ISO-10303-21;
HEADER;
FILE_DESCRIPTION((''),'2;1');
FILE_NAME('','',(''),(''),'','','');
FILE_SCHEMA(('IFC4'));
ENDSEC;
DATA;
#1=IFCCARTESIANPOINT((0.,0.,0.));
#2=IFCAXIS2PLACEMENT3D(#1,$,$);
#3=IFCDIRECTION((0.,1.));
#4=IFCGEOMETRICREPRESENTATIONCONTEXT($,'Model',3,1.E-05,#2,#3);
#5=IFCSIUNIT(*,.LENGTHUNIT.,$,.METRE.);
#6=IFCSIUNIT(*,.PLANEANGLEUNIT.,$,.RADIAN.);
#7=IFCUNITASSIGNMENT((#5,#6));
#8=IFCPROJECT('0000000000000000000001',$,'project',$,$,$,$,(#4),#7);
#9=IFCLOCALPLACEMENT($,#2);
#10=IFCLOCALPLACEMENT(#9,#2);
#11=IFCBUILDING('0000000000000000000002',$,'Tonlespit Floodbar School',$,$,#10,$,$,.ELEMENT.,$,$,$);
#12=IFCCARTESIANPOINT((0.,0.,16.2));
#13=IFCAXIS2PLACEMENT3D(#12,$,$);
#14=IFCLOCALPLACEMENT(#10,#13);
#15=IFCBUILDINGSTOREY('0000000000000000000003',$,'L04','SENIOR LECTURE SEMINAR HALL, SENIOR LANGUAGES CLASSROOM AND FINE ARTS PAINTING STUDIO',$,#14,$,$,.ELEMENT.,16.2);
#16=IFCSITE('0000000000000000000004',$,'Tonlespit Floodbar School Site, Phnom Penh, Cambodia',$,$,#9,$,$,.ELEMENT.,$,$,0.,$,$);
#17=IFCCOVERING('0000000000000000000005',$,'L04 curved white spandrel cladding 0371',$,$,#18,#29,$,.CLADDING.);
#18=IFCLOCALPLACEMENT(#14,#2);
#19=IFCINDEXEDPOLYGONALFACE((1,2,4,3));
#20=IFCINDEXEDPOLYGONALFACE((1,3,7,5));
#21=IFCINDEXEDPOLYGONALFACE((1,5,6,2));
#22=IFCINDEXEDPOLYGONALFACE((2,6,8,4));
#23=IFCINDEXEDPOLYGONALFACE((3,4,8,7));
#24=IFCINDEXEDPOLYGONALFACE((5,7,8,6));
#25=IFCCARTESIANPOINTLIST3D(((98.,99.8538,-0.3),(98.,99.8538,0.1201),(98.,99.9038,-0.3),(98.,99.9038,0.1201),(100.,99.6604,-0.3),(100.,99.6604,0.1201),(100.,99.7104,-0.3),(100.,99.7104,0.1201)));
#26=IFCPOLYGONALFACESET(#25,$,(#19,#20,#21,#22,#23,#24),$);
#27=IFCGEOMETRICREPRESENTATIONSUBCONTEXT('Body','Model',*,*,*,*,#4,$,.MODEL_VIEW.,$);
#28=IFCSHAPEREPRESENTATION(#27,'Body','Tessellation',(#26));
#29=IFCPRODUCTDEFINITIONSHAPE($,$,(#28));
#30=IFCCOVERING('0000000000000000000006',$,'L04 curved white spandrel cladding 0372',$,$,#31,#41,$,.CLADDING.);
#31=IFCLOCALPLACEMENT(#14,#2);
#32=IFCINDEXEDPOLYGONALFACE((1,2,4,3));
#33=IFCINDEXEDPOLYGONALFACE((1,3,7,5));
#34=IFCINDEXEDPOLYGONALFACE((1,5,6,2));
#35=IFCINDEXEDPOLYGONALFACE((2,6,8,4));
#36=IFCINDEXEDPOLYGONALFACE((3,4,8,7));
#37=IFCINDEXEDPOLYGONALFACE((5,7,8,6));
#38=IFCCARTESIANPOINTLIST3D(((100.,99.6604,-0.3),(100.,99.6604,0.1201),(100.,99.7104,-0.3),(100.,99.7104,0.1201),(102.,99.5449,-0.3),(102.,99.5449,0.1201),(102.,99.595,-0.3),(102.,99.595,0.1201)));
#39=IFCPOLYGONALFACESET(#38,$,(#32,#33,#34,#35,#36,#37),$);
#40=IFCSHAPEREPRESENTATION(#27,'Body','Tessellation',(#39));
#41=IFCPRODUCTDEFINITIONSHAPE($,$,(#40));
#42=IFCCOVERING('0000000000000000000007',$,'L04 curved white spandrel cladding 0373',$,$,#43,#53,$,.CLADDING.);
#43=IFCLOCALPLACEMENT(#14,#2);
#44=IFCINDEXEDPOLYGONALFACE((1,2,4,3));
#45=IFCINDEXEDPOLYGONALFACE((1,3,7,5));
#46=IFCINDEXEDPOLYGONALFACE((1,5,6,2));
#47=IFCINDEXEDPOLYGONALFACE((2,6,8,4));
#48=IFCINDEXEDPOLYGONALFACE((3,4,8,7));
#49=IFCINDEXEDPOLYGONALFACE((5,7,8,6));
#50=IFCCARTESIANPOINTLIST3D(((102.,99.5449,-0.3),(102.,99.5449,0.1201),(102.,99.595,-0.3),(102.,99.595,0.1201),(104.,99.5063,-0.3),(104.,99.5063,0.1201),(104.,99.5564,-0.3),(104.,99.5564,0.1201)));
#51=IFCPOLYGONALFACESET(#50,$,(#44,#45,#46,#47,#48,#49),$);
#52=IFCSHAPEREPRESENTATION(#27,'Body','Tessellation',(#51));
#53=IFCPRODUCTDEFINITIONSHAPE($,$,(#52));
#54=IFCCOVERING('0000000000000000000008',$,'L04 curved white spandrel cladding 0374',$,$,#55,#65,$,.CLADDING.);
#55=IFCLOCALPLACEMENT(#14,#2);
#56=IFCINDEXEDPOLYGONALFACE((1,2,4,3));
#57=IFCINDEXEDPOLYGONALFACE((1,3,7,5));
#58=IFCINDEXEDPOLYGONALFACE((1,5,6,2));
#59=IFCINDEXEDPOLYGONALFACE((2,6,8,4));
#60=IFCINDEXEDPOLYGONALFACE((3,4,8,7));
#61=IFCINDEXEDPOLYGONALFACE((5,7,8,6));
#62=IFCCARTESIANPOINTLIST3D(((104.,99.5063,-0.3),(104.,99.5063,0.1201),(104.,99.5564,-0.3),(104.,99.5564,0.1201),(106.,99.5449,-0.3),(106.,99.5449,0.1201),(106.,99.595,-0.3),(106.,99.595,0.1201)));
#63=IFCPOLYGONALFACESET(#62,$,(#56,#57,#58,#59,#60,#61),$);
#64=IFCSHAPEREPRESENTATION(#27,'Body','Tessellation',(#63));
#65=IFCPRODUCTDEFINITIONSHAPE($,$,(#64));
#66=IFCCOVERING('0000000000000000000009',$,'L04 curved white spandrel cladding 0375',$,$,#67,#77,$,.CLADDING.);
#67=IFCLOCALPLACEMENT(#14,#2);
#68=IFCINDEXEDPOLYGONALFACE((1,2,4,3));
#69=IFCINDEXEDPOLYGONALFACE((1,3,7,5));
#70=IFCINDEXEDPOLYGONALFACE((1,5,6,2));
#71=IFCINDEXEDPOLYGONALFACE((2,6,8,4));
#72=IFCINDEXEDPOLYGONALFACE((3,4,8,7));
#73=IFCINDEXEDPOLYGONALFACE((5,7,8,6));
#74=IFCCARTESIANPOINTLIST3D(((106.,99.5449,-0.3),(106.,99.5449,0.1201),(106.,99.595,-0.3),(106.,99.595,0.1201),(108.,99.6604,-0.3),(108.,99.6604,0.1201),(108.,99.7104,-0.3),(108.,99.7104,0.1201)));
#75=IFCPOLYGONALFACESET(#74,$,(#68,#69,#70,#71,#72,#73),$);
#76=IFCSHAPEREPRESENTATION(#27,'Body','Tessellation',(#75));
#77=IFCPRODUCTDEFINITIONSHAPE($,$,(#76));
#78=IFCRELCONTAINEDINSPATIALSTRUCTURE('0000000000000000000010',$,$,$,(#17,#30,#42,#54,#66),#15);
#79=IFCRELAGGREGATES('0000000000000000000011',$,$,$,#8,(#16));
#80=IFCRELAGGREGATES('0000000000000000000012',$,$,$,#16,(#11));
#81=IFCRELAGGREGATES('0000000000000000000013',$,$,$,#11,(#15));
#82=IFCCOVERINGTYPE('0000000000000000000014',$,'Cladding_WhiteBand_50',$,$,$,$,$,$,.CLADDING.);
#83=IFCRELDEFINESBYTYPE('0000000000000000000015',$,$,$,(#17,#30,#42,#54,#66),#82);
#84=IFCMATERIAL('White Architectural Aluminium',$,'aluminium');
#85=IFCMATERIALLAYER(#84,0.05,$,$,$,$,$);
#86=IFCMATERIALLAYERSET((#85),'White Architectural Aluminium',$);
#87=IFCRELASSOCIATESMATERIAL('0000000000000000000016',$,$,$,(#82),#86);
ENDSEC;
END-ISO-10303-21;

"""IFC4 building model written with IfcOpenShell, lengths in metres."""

from ifc_helpers import new_model, si_unit, direction, frame, origin, place, context, subcontext, project, spatial, polyline, outline, extrude, material, layer, layer_set, type_object, element, save


model = new_model("IFC4")

# Units and contexts
model_context = context("Model", 3, precision=1e-05, world=origin(), true_north=direction((0.0, 1.0)))
body_context = subcontext(model_context, "Body", "Model", "MODEL_VIEW")
ifc_project = project(units=[si_unit("LENGTHUNIT", "METRE"), si_unit("PLANEANGLEUNIT", "RADIAN")], contexts=[model_context])

# Site, building, storey
site_placement = place(None, origin())
site = spatial("IfcSite", under=ifc_project, at=site_placement, Name="Tonlespit Floodbar School Site, Phnom Penh, Cambodia", CompositionType="ELEMENT", RefElevation=0.0)
building_placement = place(site_placement, origin())
building = spatial("IfcBuilding", under=site, at=building_placement, Name="Tonlespit Floodbar School", CompositionType="ELEMENT")
storey_placement = place(building_placement, frame((0.0, 0.0, 16.2)))
storey = spatial("IfcBuildingStorey", under=building, at=storey_placement, Name="L04", Description="SENIOR LECTURE SEMINAR HALL, SENIOR LANGUAGES CLASSROOM AND FINE ARTS PAINTING STUDIO", CompositionType="ELEMENT", Elevation=16.2)

# Coverings
ifc_material_1 = material(Name="White Architectural Aluminium", Category="aluminium")
ifc_layer_1 = layer(ifc_material_1, 0.05)
ifc_layer_set_1 = layer_set([ifc_layer_1], Name="White Architectural Aluminium")
covering_type = type_object("IfcCoveringType", Name="Cladding_WhiteBand_50", PredefinedType="CLADDING", material=ifc_layer_set_1)
covering_1_placement = place(storey_placement, frame((0.0, 0.0, -0.3)))
element("IfcCovering", 1, at=covering_1_placement, inside=storey, type_object=covering_type, Name="L04 curved white spandrel cladding 0371", PredefinedType="CLADDING", context=body_context, shape_type="SweptSolid", body=[
    extrude(outline(polyline([(98.0, 99.9038), (100.0, 99.7104), (100.0, 99.6604), (98.0, 99.8538), (98.0, 99.9038)])), origin(), (0.0, 0.0, 1.0), 0.4202),
])
covering_2_placement = place(storey_placement, frame((0.0, 0.0, -0.3)))
element("IfcCovering", 2, at=covering_2_placement, inside=storey, type_object=covering_type, Name="L04 curved white spandrel cladding 0372", PredefinedType="CLADDING", context=body_context, shape_type="SweptSolid", body=[
    extrude(outline(polyline([(100.0, 99.7104), (102.0, 99.595), (102.0, 99.5449), (100.0, 99.6604), (100.0, 99.7104)])), origin(), (0.0, 0.0, 1.0), 0.4202),
])
covering_3_placement = place(storey_placement, frame((0.0, 0.0, -0.3)))
element("IfcCovering", 3, at=covering_3_placement, inside=storey, type_object=covering_type, Name="L04 curved white spandrel cladding 0373", PredefinedType="CLADDING", context=body_context, shape_type="SweptSolid", body=[
    extrude(outline(polyline([(102.0, 99.595), (104.0, 99.5564), (104.0, 99.5063), (102.0, 99.5449), (102.0, 99.595)])), origin(), (0.0, 0.0, 1.0), 0.4202),
])
covering_4_placement = place(storey_placement, frame((0.0, 0.0, -0.3)))
element("IfcCovering", 4, at=covering_4_placement, inside=storey, type_object=covering_type, Name="L04 curved white spandrel cladding 0374", PredefinedType="CLADDING", context=body_context, shape_type="SweptSolid", body=[
    extrude(outline(polyline([(104.0, 99.5564), (106.0, 99.595), (106.0, 99.5449), (104.0, 99.5063), (104.0, 99.5564)])), origin(), (0.0, 0.0, 1.0), 0.4202),
])
covering_5_placement = place(storey_placement, frame((0.0, 0.0, -0.3)))
element("IfcCovering", 5, at=covering_5_placement, inside=storey, type_object=covering_type, Name="L04 curved white spandrel cladding 0375", PredefinedType="CLADDING", context=body_context, shape_type="SweptSolid", body=[
    extrude(outline(polyline([(106.0, 99.595), (108.0, 99.7104), (108.0, 99.6604), (106.0, 99.5449), (106.0, 99.595)])), origin(), (0.0, 0.0, 1.0), 0.4202),
])

save(model, "model.ifc")
